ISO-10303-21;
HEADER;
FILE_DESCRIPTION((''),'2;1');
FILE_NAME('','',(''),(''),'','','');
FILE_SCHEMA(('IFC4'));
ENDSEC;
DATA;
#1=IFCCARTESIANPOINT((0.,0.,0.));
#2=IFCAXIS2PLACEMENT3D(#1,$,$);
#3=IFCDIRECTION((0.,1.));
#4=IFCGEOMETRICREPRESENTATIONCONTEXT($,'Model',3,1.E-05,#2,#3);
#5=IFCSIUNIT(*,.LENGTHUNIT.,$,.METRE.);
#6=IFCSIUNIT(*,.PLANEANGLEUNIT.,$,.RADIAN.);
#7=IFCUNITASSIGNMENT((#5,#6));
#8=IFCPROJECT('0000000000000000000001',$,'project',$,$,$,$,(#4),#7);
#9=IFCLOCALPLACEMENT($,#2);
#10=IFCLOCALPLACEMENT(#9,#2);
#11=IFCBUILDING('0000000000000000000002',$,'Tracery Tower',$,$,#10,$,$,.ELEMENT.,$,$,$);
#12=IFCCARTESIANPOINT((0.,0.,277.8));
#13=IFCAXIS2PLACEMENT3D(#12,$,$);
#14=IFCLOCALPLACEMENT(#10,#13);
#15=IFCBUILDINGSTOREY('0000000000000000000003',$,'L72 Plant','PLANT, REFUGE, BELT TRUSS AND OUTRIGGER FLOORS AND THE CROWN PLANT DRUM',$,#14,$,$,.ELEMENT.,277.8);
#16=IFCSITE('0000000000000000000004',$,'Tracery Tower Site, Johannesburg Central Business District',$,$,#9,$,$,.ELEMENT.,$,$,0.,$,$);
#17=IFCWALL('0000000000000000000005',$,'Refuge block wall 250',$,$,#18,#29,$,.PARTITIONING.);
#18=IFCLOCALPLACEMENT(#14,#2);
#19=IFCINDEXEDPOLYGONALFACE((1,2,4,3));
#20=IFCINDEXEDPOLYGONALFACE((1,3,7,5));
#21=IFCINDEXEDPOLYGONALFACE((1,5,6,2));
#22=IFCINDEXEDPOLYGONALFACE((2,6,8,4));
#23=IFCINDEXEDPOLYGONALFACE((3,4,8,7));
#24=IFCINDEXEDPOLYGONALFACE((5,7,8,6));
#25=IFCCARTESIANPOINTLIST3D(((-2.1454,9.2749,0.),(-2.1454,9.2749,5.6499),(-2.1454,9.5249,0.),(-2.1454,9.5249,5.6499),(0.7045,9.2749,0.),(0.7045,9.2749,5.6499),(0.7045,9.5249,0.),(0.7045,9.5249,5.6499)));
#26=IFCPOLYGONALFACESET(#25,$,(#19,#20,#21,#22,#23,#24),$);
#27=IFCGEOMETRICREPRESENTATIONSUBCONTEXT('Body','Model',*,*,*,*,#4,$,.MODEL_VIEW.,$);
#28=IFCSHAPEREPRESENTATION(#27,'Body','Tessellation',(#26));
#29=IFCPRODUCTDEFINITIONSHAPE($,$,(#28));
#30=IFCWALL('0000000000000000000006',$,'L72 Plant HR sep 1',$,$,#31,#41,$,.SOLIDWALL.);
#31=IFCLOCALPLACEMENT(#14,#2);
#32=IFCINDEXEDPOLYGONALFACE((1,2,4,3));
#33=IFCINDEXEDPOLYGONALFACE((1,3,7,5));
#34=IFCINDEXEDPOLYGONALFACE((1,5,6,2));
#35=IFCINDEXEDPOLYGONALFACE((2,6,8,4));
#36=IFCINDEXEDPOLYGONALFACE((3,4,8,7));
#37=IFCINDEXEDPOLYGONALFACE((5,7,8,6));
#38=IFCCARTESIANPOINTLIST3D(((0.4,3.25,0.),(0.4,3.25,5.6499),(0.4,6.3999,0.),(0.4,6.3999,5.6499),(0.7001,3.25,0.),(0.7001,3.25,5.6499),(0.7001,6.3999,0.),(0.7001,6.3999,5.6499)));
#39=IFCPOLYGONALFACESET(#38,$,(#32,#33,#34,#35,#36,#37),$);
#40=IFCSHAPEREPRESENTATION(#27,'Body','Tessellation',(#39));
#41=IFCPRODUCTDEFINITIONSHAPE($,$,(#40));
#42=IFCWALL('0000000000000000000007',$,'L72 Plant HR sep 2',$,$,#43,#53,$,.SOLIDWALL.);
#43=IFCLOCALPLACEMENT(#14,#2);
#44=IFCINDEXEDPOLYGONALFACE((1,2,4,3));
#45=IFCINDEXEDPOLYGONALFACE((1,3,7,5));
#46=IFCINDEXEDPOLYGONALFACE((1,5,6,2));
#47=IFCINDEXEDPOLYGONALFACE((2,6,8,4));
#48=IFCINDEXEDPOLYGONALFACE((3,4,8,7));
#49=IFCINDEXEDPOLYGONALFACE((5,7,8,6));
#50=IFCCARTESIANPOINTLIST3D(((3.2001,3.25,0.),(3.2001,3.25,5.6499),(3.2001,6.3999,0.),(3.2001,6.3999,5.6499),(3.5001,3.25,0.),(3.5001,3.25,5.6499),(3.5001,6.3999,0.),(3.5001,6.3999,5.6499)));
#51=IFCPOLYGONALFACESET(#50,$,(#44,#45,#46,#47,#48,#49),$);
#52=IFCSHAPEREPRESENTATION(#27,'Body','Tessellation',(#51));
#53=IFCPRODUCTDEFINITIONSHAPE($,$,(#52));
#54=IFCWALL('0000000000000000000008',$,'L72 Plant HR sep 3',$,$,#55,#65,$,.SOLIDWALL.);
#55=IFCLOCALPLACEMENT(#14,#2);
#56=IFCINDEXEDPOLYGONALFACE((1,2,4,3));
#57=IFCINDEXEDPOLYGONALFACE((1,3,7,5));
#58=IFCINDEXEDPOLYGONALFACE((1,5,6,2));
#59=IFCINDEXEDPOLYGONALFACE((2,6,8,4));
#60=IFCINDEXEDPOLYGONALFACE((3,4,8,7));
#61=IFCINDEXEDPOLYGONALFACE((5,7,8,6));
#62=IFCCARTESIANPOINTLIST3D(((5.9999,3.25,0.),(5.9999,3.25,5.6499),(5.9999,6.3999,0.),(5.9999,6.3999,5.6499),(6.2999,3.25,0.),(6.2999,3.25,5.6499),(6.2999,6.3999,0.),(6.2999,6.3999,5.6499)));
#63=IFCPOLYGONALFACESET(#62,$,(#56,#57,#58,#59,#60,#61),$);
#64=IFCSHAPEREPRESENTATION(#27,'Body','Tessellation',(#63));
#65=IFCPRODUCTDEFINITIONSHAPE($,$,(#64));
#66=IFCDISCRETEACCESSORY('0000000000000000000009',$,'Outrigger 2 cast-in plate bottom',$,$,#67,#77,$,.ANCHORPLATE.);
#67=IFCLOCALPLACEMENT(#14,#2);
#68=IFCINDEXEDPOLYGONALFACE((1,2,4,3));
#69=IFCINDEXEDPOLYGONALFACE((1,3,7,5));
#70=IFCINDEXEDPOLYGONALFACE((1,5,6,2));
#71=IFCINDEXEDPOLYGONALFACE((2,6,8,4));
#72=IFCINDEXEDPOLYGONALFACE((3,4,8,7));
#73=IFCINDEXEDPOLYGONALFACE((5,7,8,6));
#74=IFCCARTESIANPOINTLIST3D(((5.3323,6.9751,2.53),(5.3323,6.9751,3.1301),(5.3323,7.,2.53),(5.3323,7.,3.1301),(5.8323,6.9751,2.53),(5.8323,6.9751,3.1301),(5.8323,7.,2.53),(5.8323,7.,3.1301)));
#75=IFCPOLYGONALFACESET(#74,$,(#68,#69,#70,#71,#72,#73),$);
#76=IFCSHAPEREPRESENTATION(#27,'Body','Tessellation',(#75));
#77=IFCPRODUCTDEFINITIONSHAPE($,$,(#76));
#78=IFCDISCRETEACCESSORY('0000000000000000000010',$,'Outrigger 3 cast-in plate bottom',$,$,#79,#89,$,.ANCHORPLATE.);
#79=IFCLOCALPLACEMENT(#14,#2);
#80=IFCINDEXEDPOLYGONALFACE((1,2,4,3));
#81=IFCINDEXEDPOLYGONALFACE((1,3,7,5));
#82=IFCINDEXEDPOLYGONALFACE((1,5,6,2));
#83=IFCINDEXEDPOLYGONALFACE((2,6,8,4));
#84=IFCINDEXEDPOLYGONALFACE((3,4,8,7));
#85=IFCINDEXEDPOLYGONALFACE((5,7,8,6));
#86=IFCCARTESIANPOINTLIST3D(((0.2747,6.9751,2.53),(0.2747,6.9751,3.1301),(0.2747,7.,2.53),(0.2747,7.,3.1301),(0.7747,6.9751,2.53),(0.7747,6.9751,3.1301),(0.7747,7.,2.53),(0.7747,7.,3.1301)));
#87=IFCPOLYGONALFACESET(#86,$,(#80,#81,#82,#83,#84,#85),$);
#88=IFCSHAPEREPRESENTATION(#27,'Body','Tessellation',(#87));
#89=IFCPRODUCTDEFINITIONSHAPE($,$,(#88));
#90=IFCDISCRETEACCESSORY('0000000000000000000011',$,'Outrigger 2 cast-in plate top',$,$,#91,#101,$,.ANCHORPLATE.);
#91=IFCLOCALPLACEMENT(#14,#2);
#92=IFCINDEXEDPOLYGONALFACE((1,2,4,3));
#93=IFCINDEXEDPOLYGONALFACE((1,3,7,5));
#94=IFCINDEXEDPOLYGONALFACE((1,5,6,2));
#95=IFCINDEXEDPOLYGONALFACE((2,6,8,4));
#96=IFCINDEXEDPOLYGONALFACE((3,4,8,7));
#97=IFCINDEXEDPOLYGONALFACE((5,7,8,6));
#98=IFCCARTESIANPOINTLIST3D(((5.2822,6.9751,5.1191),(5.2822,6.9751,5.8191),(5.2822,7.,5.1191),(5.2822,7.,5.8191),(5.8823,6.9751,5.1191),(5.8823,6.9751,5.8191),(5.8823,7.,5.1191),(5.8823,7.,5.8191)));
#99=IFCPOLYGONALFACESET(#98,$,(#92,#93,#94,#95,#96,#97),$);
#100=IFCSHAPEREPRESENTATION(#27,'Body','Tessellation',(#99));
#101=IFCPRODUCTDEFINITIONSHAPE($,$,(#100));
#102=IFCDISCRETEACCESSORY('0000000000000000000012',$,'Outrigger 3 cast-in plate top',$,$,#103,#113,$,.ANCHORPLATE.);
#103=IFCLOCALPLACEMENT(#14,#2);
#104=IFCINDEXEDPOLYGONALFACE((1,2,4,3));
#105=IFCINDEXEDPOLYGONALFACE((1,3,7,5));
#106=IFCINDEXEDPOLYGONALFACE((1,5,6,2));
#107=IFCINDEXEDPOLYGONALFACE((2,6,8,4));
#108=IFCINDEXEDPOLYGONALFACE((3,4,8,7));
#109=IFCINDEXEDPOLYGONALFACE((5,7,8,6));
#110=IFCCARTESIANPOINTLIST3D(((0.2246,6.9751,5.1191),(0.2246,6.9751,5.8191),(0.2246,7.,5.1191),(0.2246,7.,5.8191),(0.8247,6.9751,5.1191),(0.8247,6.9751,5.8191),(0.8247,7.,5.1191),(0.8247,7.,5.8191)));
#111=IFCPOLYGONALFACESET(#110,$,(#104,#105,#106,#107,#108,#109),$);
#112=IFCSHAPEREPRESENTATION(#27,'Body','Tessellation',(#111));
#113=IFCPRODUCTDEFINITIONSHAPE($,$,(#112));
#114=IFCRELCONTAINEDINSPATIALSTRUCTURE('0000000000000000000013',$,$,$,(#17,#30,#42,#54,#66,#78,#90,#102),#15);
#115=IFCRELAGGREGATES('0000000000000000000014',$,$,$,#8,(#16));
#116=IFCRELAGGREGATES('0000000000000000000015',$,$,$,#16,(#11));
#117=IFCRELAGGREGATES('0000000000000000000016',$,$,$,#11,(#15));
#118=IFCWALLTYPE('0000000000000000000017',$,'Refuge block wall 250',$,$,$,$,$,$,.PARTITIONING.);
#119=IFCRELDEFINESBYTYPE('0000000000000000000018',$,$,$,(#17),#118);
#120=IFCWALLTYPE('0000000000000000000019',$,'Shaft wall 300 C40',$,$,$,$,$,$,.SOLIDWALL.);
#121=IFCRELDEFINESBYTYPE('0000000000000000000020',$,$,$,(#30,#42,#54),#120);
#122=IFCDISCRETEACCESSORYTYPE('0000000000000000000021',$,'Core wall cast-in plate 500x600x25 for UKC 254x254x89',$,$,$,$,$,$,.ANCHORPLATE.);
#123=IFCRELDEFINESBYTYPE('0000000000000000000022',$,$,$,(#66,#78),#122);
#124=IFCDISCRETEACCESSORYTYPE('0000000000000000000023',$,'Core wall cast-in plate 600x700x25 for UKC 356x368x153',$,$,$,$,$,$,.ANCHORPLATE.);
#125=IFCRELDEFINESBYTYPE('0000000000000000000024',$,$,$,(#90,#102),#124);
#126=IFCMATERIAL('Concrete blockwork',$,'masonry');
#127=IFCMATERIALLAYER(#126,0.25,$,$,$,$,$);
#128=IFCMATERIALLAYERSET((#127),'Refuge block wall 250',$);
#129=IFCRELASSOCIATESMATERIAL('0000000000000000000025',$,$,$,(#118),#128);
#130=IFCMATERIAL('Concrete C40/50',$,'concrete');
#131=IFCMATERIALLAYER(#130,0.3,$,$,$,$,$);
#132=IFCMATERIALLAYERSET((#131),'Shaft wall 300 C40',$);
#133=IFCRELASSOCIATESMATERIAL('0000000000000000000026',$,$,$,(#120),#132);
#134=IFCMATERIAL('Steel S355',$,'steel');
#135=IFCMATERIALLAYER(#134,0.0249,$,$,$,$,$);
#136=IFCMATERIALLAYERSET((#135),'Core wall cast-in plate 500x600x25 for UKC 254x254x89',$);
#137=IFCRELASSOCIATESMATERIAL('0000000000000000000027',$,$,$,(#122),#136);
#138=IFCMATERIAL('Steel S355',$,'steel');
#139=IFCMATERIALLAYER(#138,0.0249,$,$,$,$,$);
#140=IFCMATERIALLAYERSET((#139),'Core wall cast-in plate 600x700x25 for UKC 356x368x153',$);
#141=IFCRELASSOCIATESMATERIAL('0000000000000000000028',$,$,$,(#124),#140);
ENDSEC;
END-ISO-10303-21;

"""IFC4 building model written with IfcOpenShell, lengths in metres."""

from ifc_helpers import new_model, si_unit, direction, frame, frame_2d, origin, origin_2d, place, context, subcontext, project, spatial, rectangle, extrude, material, layer, layer_set, type_object, element, save


model = new_model("IFC4")

# Units and contexts
model_context = context("Model", 3, precision=1e-05, world=origin(), true_north=direction((0.0, 1.0)))
body_context = subcontext(model_context, "Body", "Model", "MODEL_VIEW")
ifc_project = project(units=[si_unit("LENGTHUNIT", "METRE"), si_unit("PLANEANGLEUNIT", "RADIAN")], contexts=[model_context])

# Site, building, storey
site_placement = place(None, origin())
site = spatial("IfcSite", under=ifc_project, at=site_placement, Name="Tracery Tower Site, Johannesburg Central Business District", CompositionType="ELEMENT", RefElevation=0.0)
building_placement = place(site_placement, origin())
building = spatial("IfcBuilding", under=site, at=building_placement, Name="Tracery Tower", CompositionType="ELEMENT")
storey_placement = place(building_placement, frame((0.0, 0.0, 277.8)))
storey = spatial("IfcBuildingStorey", under=building, at=storey_placement, Name="L72 Plant", Description="PLANT, REFUGE, BELT TRUSS AND OUTRIGGER FLOORS AND THE CROWN PLANT DRUM", CompositionType="ELEMENT", Elevation=277.8)

# Walls
ifc_material_1 = material(Name="Concrete blockwork", Category="masonry")
ifc_layer_1 = layer(ifc_material_1, 0.25)
ifc_layer_set_1 = layer_set([ifc_layer_1], Name="Refuge block wall 250")
wall_type_1 = type_object("IfcWallType", Name="Refuge block wall 250", PredefinedType="PARTITIONING", material=ifc_layer_set_1)
wall_1_placement = place(storey_placement, frame((0.7043, 9.3999, 0.0), z_axis=(0.0, 0.0, 1.0), x_axis=(-1.0, 0.0, 0.0)))
element("IfcWall", 1, at=wall_1_placement, inside=storey, type_object=wall_type_1, Name="Refuge block wall 250", PredefinedType="PARTITIONING", context=body_context, shape_type="SweptSolid", body=[
    extrude(rectangle(XDim=2.8499, YDim=0.25, at=frame_2d((1.4248, 0.0))), origin(), (0.0, 0.0, 1.0), 5.6499),
])
ifc_material_2 = material(Name="Concrete C40/50", Category="concrete")
ifc_layer_2 = layer(ifc_material_2, 0.3)
ifc_layer_set_2 = layer_set([ifc_layer_2], Name="Shaft wall 300 C40")
wall_type_2 = type_object("IfcWallType", Name="Shaft wall 300 C40", PredefinedType="SOLIDWALL", material=ifc_layer_set_2)
for number, where, z_axis, x_axis, name in (
    (2, (0.55, 3.25, 0.0), (0.0, 0.0, 1.0), (0.0, 1.0, 0.0), "L72 Plant HR sep 1"),
    (3, (3.3501, 3.25, 0.0), (0.0, 0.0, 1.0), (0.0, 1.0, 0.0), "L72 Plant HR sep 2"),
    (4, (6.1499, 3.25, 0.0), (0.0, 0.0, 1.0), (0.0, 1.0, 0.0), "L72 Plant HR sep 3"),
):
    element("IfcWall", number, at=place(storey_placement, frame(where, z_axis=z_axis, x_axis=x_axis)), inside=storey, type_object=wall_type_2, Name=name, PredefinedType="SOLIDWALL", context=body_context, shape_type="SweptSolid", body=[
        extrude(rectangle(XDim=3.1499, YDim=0.3, at=frame_2d((1.575, 0.0))), origin(), (0.0, 0.0, 1.0), 5.6499),
    ])

# Discrete accessories
ifc_material_3 = material(Name="Steel S355", Category="steel")
ifc_layer_3 = layer(ifc_material_3, 0.0249)
ifc_layer_set_3 = layer_set([ifc_layer_3], Name="Core wall cast-in plate 500x600x25 for UKC 254x254x89")
discrete_accessory_type_1 = type_object("IfcDiscreteAccessoryType", Name="Core wall cast-in plate 500x600x25 for UKC 254x254x89", PredefinedType="ANCHORPLATE", material=ifc_layer_set_3)
for number, where, z_axis, x_axis, name in (
    (5, (5.5823, 6.9875, 2.53), (0.0, 0.0, 1.0), (1.0, 0.0, 0.0), "Outrigger 2 cast-in plate bottom"),
    (6, (0.5247, 6.9875, 2.53), (0.0, 0.0, 1.0), (1.0, 0.0, 0.0), "Outrigger 3 cast-in plate bottom"),
):
    element("IfcDiscreteAccessory", number, at=place(storey_placement, frame(where, z_axis=z_axis, x_axis=x_axis)), inside=storey, type_object=discrete_accessory_type_1, Name=name, PredefinedType="ANCHORPLATE", context=body_context, shape_type="SweptSolid", body=[
        extrude(rectangle(XDim=0.5, YDim=0.0249, at=origin_2d()), origin(), (0.0, 0.0, 1.0), 0.6001),
    ])
ifc_material_4 = material(Name="Steel S355", Category="steel")
ifc_layer_4 = layer(ifc_material_4, 0.0249)
ifc_layer_set_4 = layer_set([ifc_layer_4], Name="Core wall cast-in plate 600x700x25 for UKC 356x368x153")
discrete_accessory_type_2 = type_object("IfcDiscreteAccessoryType", Name="Core wall cast-in plate 600x700x25 for UKC 356x368x153", PredefinedType="ANCHORPLATE", material=ifc_layer_set_4)
for number, where, z_axis, x_axis, name in (
    (7, (5.5823, 6.9875, 5.1191), (0.0, 0.0, 1.0), (1.0, 0.0, 0.0), "Outrigger 2 cast-in plate top"),
    (8, (0.5247, 6.9875, 5.1191), (0.0, 0.0, 1.0), (1.0, 0.0, 0.0), "Outrigger 3 cast-in plate top"),
):
    element("IfcDiscreteAccessory", number, at=place(storey_placement, frame(where, z_axis=z_axis, x_axis=x_axis)), inside=storey, type_object=discrete_accessory_type_2, Name=name, PredefinedType="ANCHORPLATE", context=body_context, shape_type="SweptSolid", body=[
        extrude(rectangle(XDim=0.6001, YDim=0.0249, at=origin_2d()), origin(), (0.0, 0.0, 1.0), 0.7),
    ])

save(model, "model.ifc")
